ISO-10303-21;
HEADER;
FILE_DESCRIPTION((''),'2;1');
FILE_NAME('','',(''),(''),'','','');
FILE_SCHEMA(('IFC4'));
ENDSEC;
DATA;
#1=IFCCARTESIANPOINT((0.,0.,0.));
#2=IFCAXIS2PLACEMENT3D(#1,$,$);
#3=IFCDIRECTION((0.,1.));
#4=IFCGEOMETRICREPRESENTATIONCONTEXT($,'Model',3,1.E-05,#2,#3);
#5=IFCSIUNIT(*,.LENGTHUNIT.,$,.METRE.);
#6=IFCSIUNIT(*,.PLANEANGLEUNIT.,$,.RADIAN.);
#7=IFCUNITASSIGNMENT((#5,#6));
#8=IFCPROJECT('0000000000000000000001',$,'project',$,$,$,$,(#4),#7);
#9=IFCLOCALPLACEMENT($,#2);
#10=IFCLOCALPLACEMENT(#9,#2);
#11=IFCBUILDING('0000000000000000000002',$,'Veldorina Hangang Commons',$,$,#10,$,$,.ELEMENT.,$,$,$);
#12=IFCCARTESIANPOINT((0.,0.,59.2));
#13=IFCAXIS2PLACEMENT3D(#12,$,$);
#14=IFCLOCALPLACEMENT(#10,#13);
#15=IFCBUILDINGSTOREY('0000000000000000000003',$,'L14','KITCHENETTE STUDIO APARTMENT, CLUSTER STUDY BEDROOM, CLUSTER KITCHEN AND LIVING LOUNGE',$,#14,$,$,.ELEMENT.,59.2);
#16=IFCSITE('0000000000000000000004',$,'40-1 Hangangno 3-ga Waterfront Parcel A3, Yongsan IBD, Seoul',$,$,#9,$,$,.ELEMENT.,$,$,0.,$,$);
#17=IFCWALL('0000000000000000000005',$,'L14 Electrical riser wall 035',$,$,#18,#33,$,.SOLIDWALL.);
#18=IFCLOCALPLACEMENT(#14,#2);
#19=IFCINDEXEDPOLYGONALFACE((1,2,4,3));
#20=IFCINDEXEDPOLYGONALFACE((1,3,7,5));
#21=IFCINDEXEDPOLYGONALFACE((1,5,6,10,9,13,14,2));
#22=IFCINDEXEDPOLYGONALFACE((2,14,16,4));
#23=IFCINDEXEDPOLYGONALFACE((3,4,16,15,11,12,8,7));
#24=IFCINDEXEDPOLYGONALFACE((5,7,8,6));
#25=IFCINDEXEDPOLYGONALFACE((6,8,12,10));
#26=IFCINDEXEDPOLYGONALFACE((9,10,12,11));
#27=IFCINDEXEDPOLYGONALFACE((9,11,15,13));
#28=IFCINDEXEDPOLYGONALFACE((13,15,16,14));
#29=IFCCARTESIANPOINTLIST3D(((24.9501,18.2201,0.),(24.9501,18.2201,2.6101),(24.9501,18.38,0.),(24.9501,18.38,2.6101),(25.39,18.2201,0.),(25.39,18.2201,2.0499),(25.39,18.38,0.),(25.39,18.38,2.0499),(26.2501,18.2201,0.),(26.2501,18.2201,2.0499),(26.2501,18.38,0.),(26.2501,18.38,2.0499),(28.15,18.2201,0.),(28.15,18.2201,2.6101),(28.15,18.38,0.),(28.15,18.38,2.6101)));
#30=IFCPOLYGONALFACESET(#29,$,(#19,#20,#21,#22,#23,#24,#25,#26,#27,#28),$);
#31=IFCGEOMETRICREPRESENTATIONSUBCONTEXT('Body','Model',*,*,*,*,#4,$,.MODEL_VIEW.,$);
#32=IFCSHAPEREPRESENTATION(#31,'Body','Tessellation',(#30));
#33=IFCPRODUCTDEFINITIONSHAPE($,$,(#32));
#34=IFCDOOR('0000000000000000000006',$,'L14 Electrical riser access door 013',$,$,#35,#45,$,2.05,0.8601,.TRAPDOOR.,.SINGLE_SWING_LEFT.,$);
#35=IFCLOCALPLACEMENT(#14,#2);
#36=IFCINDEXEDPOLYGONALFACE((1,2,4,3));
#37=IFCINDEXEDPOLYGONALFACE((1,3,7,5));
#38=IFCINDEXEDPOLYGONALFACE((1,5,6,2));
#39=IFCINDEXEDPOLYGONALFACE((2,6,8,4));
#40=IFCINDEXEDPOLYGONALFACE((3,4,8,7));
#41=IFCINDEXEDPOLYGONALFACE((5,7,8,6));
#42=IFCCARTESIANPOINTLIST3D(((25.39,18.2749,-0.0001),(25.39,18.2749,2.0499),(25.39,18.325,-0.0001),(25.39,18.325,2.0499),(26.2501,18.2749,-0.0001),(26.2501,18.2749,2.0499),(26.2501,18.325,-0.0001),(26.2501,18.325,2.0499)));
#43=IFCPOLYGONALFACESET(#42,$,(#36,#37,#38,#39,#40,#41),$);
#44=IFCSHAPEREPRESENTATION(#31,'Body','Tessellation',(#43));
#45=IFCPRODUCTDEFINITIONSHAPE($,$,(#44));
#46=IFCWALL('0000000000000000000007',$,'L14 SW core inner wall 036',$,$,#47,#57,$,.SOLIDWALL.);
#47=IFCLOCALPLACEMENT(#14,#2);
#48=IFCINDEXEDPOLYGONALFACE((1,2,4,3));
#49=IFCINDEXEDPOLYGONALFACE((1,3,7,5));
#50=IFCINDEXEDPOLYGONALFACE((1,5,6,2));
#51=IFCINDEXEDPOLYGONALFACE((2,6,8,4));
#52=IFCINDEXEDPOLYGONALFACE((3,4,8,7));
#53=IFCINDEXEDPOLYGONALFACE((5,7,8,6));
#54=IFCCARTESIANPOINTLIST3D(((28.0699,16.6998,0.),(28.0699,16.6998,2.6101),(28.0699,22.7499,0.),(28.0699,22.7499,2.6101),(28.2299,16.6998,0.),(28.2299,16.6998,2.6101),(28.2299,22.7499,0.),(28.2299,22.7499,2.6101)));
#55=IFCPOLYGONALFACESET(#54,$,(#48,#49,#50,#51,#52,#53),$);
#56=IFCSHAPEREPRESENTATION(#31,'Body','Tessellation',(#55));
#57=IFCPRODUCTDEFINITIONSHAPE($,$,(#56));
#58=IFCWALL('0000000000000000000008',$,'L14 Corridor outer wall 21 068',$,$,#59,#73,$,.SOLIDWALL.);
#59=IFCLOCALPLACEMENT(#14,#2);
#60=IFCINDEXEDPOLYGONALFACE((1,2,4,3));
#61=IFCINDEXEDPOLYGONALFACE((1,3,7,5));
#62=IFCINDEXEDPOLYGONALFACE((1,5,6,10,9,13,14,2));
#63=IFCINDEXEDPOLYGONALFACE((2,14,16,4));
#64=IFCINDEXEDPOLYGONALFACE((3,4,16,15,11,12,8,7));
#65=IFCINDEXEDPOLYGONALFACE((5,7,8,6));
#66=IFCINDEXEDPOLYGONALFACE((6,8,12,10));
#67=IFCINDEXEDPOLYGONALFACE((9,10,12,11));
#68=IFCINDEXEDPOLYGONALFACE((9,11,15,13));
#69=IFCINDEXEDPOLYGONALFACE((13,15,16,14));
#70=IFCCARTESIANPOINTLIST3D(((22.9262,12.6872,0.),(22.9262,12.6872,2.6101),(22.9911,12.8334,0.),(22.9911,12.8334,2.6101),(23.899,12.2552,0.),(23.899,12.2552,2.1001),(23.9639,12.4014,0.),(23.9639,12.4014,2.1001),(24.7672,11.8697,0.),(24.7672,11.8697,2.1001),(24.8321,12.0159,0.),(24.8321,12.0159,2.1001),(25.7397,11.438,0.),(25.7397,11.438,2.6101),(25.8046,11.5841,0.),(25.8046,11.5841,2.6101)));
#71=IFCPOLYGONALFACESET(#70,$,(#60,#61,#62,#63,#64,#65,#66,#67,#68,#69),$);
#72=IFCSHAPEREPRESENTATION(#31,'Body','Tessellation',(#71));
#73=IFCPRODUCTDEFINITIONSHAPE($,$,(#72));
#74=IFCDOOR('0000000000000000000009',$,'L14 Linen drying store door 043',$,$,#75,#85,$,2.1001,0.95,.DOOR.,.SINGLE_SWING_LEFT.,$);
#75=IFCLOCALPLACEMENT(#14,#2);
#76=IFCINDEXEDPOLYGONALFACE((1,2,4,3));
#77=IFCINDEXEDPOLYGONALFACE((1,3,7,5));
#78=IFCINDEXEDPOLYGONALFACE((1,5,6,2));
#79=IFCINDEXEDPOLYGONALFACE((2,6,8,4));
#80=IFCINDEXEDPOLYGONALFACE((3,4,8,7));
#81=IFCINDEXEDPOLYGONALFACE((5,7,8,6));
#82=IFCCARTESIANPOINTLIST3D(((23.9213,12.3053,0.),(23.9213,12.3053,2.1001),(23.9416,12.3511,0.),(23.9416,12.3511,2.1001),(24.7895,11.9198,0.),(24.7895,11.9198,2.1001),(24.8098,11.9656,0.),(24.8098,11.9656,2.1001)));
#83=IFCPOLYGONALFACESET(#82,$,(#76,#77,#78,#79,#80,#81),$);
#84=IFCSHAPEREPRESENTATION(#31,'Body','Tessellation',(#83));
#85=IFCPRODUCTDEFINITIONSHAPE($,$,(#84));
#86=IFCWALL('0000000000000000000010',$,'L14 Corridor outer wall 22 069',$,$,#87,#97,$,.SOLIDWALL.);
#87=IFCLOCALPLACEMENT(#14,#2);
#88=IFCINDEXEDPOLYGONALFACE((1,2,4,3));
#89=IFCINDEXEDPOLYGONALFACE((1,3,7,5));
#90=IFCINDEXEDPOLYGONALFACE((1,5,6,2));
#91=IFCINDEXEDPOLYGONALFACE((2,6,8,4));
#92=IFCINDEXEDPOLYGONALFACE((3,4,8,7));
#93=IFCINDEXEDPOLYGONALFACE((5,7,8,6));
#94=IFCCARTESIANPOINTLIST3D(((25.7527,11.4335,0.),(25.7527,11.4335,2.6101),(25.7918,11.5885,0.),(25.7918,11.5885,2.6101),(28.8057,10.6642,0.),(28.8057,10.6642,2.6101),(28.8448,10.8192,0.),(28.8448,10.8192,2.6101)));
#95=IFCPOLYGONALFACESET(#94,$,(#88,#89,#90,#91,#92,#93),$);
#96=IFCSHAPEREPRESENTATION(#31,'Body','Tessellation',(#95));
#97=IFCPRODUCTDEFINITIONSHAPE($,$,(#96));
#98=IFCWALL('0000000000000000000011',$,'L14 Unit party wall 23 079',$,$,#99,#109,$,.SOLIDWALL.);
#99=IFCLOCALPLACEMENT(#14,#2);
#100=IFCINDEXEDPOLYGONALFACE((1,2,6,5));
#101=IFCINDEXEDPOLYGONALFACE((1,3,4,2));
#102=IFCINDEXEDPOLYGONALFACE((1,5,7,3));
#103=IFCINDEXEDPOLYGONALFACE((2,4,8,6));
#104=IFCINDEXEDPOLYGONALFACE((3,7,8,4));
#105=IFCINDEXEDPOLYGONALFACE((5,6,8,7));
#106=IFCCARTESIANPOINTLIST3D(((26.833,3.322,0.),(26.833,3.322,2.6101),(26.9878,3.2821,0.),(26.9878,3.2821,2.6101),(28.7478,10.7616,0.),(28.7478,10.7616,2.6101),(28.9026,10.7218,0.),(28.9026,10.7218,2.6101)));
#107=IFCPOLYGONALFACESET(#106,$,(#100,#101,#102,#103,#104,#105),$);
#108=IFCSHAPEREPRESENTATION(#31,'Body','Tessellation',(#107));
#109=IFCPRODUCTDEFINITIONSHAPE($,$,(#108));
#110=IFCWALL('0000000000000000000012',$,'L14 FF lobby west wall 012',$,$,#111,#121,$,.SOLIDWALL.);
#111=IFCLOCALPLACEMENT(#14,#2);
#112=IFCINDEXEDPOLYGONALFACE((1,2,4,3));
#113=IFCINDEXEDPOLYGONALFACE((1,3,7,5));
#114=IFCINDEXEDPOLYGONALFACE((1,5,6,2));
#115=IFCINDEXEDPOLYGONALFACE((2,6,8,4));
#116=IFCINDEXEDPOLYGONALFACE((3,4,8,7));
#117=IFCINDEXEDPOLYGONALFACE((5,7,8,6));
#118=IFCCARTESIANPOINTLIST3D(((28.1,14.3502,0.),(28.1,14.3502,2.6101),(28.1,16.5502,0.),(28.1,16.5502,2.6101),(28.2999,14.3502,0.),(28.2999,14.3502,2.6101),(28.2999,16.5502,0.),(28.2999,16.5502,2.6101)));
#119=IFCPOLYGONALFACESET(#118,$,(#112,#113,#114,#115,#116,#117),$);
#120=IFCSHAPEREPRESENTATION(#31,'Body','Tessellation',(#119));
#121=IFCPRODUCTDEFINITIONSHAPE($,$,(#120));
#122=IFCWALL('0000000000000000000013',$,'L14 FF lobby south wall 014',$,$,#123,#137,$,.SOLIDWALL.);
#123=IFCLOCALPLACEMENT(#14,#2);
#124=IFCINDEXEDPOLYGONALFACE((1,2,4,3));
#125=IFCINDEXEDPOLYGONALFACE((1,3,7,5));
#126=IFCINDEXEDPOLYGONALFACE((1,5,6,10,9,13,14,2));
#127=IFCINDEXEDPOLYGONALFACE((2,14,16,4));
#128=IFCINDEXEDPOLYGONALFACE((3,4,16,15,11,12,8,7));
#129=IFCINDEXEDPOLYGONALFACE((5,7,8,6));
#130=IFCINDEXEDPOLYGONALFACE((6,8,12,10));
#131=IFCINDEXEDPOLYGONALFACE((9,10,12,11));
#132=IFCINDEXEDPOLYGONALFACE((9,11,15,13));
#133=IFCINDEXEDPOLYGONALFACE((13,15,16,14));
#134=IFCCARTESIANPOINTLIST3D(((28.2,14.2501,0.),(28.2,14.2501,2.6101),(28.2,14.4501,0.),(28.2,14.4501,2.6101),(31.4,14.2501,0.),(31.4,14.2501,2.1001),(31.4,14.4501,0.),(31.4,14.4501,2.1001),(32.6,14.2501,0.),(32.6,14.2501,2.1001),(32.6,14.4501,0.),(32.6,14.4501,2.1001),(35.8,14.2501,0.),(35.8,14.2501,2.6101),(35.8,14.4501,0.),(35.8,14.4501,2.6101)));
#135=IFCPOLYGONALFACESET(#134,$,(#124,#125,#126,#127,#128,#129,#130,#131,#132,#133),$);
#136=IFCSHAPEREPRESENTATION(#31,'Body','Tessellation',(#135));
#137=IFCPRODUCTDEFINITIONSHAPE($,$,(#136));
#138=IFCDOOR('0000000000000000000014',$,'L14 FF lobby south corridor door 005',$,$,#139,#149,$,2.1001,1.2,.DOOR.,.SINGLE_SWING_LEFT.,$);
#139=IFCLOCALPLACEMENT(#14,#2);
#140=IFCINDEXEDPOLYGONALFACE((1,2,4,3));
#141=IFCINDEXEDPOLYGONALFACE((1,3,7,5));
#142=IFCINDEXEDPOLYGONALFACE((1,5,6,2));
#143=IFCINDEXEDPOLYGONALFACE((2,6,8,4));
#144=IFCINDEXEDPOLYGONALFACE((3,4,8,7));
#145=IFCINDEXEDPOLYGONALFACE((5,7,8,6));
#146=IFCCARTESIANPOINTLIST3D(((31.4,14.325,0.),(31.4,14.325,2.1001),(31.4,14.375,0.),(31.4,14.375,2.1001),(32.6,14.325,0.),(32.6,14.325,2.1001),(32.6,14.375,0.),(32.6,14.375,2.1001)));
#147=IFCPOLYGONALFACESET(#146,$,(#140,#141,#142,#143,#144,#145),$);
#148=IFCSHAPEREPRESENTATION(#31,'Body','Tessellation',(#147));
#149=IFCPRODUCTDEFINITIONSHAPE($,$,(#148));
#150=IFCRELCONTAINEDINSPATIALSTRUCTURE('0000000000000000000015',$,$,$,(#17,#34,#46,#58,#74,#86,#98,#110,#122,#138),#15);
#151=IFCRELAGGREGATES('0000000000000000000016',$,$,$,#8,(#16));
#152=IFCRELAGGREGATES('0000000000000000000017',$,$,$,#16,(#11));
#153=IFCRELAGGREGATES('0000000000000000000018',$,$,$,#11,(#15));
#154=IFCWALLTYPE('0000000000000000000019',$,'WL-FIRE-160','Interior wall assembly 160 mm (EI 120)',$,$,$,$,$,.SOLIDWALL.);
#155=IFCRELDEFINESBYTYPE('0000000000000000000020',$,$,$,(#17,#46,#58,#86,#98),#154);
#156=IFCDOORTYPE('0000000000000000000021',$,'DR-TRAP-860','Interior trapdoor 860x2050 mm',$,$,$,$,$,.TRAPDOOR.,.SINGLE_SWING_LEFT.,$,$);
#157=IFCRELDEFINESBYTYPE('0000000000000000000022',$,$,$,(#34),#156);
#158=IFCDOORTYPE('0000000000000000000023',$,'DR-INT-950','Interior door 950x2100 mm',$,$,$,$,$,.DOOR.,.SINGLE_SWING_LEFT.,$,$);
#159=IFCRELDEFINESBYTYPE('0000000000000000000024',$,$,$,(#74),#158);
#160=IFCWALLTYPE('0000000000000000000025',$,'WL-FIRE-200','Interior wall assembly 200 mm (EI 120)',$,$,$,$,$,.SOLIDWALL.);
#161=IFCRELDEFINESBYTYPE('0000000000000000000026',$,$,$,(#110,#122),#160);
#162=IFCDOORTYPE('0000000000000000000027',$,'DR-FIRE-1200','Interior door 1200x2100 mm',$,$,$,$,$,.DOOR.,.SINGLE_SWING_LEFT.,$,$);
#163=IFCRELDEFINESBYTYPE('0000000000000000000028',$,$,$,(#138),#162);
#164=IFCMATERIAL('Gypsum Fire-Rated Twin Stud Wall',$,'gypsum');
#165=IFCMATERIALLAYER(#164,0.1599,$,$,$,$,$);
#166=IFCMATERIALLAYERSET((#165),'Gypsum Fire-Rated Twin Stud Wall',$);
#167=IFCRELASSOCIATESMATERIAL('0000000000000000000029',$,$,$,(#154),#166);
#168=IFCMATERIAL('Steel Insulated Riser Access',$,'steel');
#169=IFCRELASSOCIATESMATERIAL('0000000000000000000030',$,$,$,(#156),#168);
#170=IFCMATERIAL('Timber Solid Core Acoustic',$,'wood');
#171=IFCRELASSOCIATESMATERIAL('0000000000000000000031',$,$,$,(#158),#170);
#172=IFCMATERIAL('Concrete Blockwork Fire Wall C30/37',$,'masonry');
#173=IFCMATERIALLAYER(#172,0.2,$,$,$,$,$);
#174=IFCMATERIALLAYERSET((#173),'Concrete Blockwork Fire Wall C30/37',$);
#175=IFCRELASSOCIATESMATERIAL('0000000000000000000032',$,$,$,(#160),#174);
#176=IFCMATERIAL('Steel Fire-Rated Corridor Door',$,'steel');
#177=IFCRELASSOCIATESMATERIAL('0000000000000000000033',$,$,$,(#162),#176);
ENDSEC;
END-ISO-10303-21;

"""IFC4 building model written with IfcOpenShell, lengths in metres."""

from ifc_helpers import new_model, si_unit, direction, frame, frame_2d, origin, place, context, subcontext, project, spatial, rectangle, extrude, material, layer, layer_set, type_object, element, fill, save


model = new_model("IFC4")

# Units and contexts
model_context = context("Model", 3, precision=1e-05, world=origin(), true_north=direction((0.0, 1.0)))
body_context = subcontext(model_context, "Body", "Model", "MODEL_VIEW")
ifc_project = project(units=[si_unit("LENGTHUNIT", "METRE"), si_unit("PLANEANGLEUNIT", "RADIAN")], contexts=[model_context])

# Site, building, storey
site_placement = place(None, origin())
site = spatial("IfcSite", under=ifc_project, at=site_placement, Name="40-1 Hangangno 3-ga Waterfront Parcel A3, Yongsan IBD, Seoul", CompositionType="ELEMENT", RefElevation=0.0)
building_placement = place(site_placement, origin())
building = spatial("IfcBuilding", under=site, at=building_placement, Name="Veldorina Hangang Commons", CompositionType="ELEMENT")
storey_placement = place(building_placement, frame((0.0, 0.0, 59.2)))
storey = spatial("IfcBuildingStorey", under=building, at=storey_placement, Name="L14", Description="KITCHENETTE STUDIO APARTMENT, CLUSTER STUDY BEDROOM, CLUSTER KITCHEN AND LIVING LOUNGE", CompositionType="ELEMENT", Elevation=59.2)

# Shared definitions
ifc_material_1 = material(Name="Gypsum Fire-Rated Twin Stud Wall", Category="gypsum")
ifc_layer_1 = layer(ifc_material_1, 0.1599)
ifc_layer_set_1 = layer_set([ifc_layer_1], Name="Gypsum Fire-Rated Twin Stud Wall")
wall_type_1 = type_object("IfcWallType", Name="WL-FIRE-160", Description="Interior wall assembly 160 mm (EI 120)", PredefinedType="SOLIDWALL", material=ifc_layer_set_1)

# Wall, opening, door
wall_1_placement = place(storey_placement, frame((24.95, 18.3, 0.0), z_axis=(0.0, 0.0, 1.0), x_axis=(1.0, 0.0, 0.0)))
wall_1 = element("IfcWall", 1, at=wall_1_placement, inside=storey, type_object=wall_type_1, Name="L14 Electrical riser wall 035", PredefinedType="SOLIDWALL", context=body_context, shape_type="SweptSolid", body=[
    extrude(rectangle(XDim=3.2, YDim=0.1599, at=frame_2d((1.6001, 0.0))), origin(), (0.0, 0.0, 1.0), 2.6101),
])
opening_1_placement = place(wall_1_placement, frame((0.4399, 0.0, 0.0)))
opening_1 = element("IfcOpeningElement", 2, at=opening_1_placement, cuts=wall_1, PredefinedType="OPENING", context=body_context, shape_type="SweptSolid", body=[
    extrude(rectangle(XDim=0.8601, YDim=2.05, at=frame_2d((0.4302, 1.0249))), frame((0.0, 0.0898, 0.0), z_axis=(0.0, -1.0, 0.0), x_axis=(1.0, 0.0, 0.0)), (0.0, 0.0, 1.0), 0.1799),
])
ifc_material_2 = material(Name="Steel Insulated Riser Access", Category="steel")
door_type_1 = type_object("IfcDoorType", Name="DR-TRAP-860", Description="Interior trapdoor 860x2050 mm", OperationType="SINGLE_SWING_LEFT", PredefinedType="TRAPDOOR", material=ifc_material_2)
door_1_placement = place(opening_1_placement, origin())
door_1 = element("IfcDoor", 3, at=door_1_placement, inside=storey, type_object=door_type_1, Name="L14 Electrical riser access door 013", OperationType="SINGLE_SWING_LEFT", OverallHeight=2.05, OverallWidth=0.8601, PredefinedType="TRAPDOOR", context=body_context, shape_type="SweptSolid", body=[
    extrude(rectangle(XDim=0.8601, YDim=2.05, at=frame_2d((0.4302, 1.0249))), frame((0.0, 0.0249, 0.0), z_axis=(0.0, -1.0, 0.0), x_axis=(1.0, 0.0, 0.0)), (0.0, 0.0, 1.0), 0.05),
])
fill(opening_1, door_1)

# Wall
wall_2_placement = place(storey_placement, frame((28.1499, 16.7, 0.0), z_axis=(0.0, 0.0, 1.0), x_axis=(0.0, 1.0, 0.0)))
element("IfcWall", 4, at=wall_2_placement, inside=storey, type_object=wall_type_1, Name="L14 SW core inner wall 036", PredefinedType="SOLIDWALL", context=body_context, shape_type="SweptSolid", body=[
    extrude(rectangle(XDim=6.05, YDim=0.1599, at=frame_2d((3.0249, 0.0))), origin(), (0.0, 0.0, 1.0), 2.6101),
])

# Wall, opening, door
wall_3_placement = place(storey_placement, frame((22.9587, 12.7603, 0.0), z_axis=(0.0, 0.0, 1.0), x_axis=(0.913952, -0.405822, 0.0)))
wall_3 = element("IfcWall", 5, at=wall_3_placement, inside=storey, type_object=wall_type_1, Name="L14 Corridor outer wall 21 068", PredefinedType="SOLIDWALL", context=body_context, shape_type="SweptSolid", body=[
    extrude(rectangle(XDim=3.0784, YDim=0.1599, at=frame_2d((1.5391, 0.0))), origin(), (0.0, 0.0, 1.0), 2.6101),
])
opening_2_placement = place(wall_3_placement, frame((1.0642, 0.0, 0.0)))
opening_2 = element("IfcOpeningElement", 6, at=opening_2_placement, cuts=wall_3, PredefinedType="OPENING", context=body_context, shape_type="SweptSolid", body=[
    extrude(rectangle(XDim=0.95, YDim=2.1001, at=frame_2d((0.4751, 1.05))), frame((0.0, 0.0898, 0.0), z_axis=(0.0, -1.0, 0.0), x_axis=(1.0, 0.0, 0.0)), (0.0, 0.0, 1.0), 0.1799),
])
ifc_material_3 = material(Name="Timber Solid Core Acoustic", Category="wood")
door_type_2 = type_object("IfcDoorType", Name="DR-INT-950", Description="Interior door 950x2100 mm", OperationType="SINGLE_SWING_LEFT", PredefinedType="DOOR", material=ifc_material_3)
door_2_placement = place(opening_2_placement, origin())
door_2 = element("IfcDoor", 7, at=door_2_placement, inside=storey, type_object=door_type_2, Name="L14 Linen drying store door 043", OperationType="SINGLE_SWING_LEFT", OverallHeight=2.1001, OverallWidth=0.95, PredefinedType="DOOR", context=body_context, shape_type="SweptSolid", body=[
    extrude(rectangle(XDim=0.95, YDim=2.1001, at=frame_2d((0.4751, 1.05))), frame((0.0, 0.0249, 0.0), z_axis=(0.0, -1.0, 0.0), x_axis=(1.0, 0.0, 0.0)), (0.0, 0.0, 1.0), 0.05),
])
fill(opening_2, door_2)

# Walls
wall_4_placement = place(storey_placement, frame((25.7722, 11.511, 0.0), z_axis=(0.0, 0.0, 1.0), x_axis=(0.969689, -0.244342, 0.0)))
element("IfcWall", 8, at=wall_4_placement, inside=storey, type_object=wall_type_1, Name="L14 Corridor outer wall 22 069", PredefinedType="SOLIDWALL", context=body_context, shape_type="SweptSolid", body=[
    extrude(rectangle(XDim=3.1484, YDim=0.1599, at=frame_2d((1.5742, 0.0))), origin(), (0.0, 0.0, 1.0), 2.6101),
])
wall_5_placement = place(storey_placement, frame((28.8252, 10.7417, 0.0), z_axis=(0.0, 0.0, 1.0), x_axis=(-0.249252, -0.968439, 0.0)))
element("IfcWall", 9, at=wall_5_placement, inside=storey, type_object=wall_type_1, Name="L14 Unit party wall 23 079", PredefinedType="SOLIDWALL", context=body_context, shape_type="SweptSolid", body=[
    extrude(rectangle(XDim=7.6821, YDim=0.1599, at=frame_2d((3.8411, 0.0))), origin(), (0.0, 0.0, 1.0), 2.6101),
])
ifc_material_4 = material(Name="Concrete Blockwork Fire Wall C30/37", Category="masonry")
ifc_layer_2 = layer(ifc_material_4, 0.2)
ifc_layer_set_2 = layer_set([ifc_layer_2], Name="Concrete Blockwork Fire Wall C30/37")
wall_type_2 = type_object("IfcWallType", Name="WL-FIRE-200", Description="Interior wall assembly 200 mm (EI 120)", PredefinedType="SOLIDWALL", material=ifc_layer_set_2)
wall_6_placement = place(storey_placement, frame((28.2, 14.3501, 0.0), z_axis=(0.0, 0.0, 1.0), x_axis=(0.0, 1.0, 0.0)))
element("IfcWall", 10, at=wall_6_placement, inside=storey, type_object=wall_type_2, Name="L14 FF lobby west wall 012", PredefinedType="SOLIDWALL", context=body_context, shape_type="SweptSolid", body=[
    extrude(rectangle(XDim=2.2, YDim=0.2, at=frame_2d((1.1001, 0.0))), origin(), (0.0, 0.0, 1.0), 2.6101),
])

# Wall, opening, door
wall_7_placement = place(storey_placement, frame((28.2, 14.3501, 0.0), z_axis=(0.0, 0.0, 1.0), x_axis=(1.0, 0.0, 0.0)))
wall_7 = element("IfcWall", 11, at=wall_7_placement, inside=storey, type_object=wall_type_2, Name="L14 FF lobby south wall 014", PredefinedType="SOLIDWALL", context=body_context, shape_type="SweptSolid", body=[
    extrude(rectangle(XDim=7.6001, YDim=0.2, at=frame_2d((3.8, 0.0))), origin(), (0.0, 0.0, 1.0), 2.6101),
])
opening_3_placement = place(wall_7_placement, frame((3.2, 0.0, 0.0)))
opening_3 = element("IfcOpeningElement", 12, at=opening_3_placement, cuts=wall_7, PredefinedType="OPENING", context=body_context, shape_type="SweptSolid", body=[
    extrude(rectangle(XDim=1.2, YDim=2.1001, at=frame_2d((0.6001, 1.05))), frame((0.0, 0.1099, 0.0), z_axis=(0.0, -1.0, 0.0), x_axis=(1.0, 0.0, 0.0)), (0.0, 0.0, 1.0), 0.22),
])
ifc_material_5 = material(Name="Steel Fire-Rated Corridor Door", Category="steel")
door_type_3 = type_object("IfcDoorType", Name="DR-FIRE-1200", Description="Interior door 1200x2100 mm", OperationType="SINGLE_SWING_LEFT", PredefinedType="DOOR", material=ifc_material_5)
door_3_placement = place(opening_3_placement, origin())
door_3 = element("IfcDoor", 13, at=door_3_placement, inside=storey, type_object=door_type_3, Name="L14 FF lobby south corridor door 005", OperationType="SINGLE_SWING_LEFT", OverallHeight=2.1001, OverallWidth=1.2, PredefinedType="DOOR", context=body_context, shape_type="SweptSolid", body=[
    extrude(rectangle(XDim=1.2, YDim=2.1001, at=frame_2d((0.6001, 1.05))), frame((0.0, 0.0249, 0.0), z_axis=(0.0, -1.0, 0.0), x_axis=(1.0, 0.0, 0.0)), (0.0, 0.0, 1.0), 0.05),
])
fill(opening_3, door_3)

save(model, "model.ifc")
